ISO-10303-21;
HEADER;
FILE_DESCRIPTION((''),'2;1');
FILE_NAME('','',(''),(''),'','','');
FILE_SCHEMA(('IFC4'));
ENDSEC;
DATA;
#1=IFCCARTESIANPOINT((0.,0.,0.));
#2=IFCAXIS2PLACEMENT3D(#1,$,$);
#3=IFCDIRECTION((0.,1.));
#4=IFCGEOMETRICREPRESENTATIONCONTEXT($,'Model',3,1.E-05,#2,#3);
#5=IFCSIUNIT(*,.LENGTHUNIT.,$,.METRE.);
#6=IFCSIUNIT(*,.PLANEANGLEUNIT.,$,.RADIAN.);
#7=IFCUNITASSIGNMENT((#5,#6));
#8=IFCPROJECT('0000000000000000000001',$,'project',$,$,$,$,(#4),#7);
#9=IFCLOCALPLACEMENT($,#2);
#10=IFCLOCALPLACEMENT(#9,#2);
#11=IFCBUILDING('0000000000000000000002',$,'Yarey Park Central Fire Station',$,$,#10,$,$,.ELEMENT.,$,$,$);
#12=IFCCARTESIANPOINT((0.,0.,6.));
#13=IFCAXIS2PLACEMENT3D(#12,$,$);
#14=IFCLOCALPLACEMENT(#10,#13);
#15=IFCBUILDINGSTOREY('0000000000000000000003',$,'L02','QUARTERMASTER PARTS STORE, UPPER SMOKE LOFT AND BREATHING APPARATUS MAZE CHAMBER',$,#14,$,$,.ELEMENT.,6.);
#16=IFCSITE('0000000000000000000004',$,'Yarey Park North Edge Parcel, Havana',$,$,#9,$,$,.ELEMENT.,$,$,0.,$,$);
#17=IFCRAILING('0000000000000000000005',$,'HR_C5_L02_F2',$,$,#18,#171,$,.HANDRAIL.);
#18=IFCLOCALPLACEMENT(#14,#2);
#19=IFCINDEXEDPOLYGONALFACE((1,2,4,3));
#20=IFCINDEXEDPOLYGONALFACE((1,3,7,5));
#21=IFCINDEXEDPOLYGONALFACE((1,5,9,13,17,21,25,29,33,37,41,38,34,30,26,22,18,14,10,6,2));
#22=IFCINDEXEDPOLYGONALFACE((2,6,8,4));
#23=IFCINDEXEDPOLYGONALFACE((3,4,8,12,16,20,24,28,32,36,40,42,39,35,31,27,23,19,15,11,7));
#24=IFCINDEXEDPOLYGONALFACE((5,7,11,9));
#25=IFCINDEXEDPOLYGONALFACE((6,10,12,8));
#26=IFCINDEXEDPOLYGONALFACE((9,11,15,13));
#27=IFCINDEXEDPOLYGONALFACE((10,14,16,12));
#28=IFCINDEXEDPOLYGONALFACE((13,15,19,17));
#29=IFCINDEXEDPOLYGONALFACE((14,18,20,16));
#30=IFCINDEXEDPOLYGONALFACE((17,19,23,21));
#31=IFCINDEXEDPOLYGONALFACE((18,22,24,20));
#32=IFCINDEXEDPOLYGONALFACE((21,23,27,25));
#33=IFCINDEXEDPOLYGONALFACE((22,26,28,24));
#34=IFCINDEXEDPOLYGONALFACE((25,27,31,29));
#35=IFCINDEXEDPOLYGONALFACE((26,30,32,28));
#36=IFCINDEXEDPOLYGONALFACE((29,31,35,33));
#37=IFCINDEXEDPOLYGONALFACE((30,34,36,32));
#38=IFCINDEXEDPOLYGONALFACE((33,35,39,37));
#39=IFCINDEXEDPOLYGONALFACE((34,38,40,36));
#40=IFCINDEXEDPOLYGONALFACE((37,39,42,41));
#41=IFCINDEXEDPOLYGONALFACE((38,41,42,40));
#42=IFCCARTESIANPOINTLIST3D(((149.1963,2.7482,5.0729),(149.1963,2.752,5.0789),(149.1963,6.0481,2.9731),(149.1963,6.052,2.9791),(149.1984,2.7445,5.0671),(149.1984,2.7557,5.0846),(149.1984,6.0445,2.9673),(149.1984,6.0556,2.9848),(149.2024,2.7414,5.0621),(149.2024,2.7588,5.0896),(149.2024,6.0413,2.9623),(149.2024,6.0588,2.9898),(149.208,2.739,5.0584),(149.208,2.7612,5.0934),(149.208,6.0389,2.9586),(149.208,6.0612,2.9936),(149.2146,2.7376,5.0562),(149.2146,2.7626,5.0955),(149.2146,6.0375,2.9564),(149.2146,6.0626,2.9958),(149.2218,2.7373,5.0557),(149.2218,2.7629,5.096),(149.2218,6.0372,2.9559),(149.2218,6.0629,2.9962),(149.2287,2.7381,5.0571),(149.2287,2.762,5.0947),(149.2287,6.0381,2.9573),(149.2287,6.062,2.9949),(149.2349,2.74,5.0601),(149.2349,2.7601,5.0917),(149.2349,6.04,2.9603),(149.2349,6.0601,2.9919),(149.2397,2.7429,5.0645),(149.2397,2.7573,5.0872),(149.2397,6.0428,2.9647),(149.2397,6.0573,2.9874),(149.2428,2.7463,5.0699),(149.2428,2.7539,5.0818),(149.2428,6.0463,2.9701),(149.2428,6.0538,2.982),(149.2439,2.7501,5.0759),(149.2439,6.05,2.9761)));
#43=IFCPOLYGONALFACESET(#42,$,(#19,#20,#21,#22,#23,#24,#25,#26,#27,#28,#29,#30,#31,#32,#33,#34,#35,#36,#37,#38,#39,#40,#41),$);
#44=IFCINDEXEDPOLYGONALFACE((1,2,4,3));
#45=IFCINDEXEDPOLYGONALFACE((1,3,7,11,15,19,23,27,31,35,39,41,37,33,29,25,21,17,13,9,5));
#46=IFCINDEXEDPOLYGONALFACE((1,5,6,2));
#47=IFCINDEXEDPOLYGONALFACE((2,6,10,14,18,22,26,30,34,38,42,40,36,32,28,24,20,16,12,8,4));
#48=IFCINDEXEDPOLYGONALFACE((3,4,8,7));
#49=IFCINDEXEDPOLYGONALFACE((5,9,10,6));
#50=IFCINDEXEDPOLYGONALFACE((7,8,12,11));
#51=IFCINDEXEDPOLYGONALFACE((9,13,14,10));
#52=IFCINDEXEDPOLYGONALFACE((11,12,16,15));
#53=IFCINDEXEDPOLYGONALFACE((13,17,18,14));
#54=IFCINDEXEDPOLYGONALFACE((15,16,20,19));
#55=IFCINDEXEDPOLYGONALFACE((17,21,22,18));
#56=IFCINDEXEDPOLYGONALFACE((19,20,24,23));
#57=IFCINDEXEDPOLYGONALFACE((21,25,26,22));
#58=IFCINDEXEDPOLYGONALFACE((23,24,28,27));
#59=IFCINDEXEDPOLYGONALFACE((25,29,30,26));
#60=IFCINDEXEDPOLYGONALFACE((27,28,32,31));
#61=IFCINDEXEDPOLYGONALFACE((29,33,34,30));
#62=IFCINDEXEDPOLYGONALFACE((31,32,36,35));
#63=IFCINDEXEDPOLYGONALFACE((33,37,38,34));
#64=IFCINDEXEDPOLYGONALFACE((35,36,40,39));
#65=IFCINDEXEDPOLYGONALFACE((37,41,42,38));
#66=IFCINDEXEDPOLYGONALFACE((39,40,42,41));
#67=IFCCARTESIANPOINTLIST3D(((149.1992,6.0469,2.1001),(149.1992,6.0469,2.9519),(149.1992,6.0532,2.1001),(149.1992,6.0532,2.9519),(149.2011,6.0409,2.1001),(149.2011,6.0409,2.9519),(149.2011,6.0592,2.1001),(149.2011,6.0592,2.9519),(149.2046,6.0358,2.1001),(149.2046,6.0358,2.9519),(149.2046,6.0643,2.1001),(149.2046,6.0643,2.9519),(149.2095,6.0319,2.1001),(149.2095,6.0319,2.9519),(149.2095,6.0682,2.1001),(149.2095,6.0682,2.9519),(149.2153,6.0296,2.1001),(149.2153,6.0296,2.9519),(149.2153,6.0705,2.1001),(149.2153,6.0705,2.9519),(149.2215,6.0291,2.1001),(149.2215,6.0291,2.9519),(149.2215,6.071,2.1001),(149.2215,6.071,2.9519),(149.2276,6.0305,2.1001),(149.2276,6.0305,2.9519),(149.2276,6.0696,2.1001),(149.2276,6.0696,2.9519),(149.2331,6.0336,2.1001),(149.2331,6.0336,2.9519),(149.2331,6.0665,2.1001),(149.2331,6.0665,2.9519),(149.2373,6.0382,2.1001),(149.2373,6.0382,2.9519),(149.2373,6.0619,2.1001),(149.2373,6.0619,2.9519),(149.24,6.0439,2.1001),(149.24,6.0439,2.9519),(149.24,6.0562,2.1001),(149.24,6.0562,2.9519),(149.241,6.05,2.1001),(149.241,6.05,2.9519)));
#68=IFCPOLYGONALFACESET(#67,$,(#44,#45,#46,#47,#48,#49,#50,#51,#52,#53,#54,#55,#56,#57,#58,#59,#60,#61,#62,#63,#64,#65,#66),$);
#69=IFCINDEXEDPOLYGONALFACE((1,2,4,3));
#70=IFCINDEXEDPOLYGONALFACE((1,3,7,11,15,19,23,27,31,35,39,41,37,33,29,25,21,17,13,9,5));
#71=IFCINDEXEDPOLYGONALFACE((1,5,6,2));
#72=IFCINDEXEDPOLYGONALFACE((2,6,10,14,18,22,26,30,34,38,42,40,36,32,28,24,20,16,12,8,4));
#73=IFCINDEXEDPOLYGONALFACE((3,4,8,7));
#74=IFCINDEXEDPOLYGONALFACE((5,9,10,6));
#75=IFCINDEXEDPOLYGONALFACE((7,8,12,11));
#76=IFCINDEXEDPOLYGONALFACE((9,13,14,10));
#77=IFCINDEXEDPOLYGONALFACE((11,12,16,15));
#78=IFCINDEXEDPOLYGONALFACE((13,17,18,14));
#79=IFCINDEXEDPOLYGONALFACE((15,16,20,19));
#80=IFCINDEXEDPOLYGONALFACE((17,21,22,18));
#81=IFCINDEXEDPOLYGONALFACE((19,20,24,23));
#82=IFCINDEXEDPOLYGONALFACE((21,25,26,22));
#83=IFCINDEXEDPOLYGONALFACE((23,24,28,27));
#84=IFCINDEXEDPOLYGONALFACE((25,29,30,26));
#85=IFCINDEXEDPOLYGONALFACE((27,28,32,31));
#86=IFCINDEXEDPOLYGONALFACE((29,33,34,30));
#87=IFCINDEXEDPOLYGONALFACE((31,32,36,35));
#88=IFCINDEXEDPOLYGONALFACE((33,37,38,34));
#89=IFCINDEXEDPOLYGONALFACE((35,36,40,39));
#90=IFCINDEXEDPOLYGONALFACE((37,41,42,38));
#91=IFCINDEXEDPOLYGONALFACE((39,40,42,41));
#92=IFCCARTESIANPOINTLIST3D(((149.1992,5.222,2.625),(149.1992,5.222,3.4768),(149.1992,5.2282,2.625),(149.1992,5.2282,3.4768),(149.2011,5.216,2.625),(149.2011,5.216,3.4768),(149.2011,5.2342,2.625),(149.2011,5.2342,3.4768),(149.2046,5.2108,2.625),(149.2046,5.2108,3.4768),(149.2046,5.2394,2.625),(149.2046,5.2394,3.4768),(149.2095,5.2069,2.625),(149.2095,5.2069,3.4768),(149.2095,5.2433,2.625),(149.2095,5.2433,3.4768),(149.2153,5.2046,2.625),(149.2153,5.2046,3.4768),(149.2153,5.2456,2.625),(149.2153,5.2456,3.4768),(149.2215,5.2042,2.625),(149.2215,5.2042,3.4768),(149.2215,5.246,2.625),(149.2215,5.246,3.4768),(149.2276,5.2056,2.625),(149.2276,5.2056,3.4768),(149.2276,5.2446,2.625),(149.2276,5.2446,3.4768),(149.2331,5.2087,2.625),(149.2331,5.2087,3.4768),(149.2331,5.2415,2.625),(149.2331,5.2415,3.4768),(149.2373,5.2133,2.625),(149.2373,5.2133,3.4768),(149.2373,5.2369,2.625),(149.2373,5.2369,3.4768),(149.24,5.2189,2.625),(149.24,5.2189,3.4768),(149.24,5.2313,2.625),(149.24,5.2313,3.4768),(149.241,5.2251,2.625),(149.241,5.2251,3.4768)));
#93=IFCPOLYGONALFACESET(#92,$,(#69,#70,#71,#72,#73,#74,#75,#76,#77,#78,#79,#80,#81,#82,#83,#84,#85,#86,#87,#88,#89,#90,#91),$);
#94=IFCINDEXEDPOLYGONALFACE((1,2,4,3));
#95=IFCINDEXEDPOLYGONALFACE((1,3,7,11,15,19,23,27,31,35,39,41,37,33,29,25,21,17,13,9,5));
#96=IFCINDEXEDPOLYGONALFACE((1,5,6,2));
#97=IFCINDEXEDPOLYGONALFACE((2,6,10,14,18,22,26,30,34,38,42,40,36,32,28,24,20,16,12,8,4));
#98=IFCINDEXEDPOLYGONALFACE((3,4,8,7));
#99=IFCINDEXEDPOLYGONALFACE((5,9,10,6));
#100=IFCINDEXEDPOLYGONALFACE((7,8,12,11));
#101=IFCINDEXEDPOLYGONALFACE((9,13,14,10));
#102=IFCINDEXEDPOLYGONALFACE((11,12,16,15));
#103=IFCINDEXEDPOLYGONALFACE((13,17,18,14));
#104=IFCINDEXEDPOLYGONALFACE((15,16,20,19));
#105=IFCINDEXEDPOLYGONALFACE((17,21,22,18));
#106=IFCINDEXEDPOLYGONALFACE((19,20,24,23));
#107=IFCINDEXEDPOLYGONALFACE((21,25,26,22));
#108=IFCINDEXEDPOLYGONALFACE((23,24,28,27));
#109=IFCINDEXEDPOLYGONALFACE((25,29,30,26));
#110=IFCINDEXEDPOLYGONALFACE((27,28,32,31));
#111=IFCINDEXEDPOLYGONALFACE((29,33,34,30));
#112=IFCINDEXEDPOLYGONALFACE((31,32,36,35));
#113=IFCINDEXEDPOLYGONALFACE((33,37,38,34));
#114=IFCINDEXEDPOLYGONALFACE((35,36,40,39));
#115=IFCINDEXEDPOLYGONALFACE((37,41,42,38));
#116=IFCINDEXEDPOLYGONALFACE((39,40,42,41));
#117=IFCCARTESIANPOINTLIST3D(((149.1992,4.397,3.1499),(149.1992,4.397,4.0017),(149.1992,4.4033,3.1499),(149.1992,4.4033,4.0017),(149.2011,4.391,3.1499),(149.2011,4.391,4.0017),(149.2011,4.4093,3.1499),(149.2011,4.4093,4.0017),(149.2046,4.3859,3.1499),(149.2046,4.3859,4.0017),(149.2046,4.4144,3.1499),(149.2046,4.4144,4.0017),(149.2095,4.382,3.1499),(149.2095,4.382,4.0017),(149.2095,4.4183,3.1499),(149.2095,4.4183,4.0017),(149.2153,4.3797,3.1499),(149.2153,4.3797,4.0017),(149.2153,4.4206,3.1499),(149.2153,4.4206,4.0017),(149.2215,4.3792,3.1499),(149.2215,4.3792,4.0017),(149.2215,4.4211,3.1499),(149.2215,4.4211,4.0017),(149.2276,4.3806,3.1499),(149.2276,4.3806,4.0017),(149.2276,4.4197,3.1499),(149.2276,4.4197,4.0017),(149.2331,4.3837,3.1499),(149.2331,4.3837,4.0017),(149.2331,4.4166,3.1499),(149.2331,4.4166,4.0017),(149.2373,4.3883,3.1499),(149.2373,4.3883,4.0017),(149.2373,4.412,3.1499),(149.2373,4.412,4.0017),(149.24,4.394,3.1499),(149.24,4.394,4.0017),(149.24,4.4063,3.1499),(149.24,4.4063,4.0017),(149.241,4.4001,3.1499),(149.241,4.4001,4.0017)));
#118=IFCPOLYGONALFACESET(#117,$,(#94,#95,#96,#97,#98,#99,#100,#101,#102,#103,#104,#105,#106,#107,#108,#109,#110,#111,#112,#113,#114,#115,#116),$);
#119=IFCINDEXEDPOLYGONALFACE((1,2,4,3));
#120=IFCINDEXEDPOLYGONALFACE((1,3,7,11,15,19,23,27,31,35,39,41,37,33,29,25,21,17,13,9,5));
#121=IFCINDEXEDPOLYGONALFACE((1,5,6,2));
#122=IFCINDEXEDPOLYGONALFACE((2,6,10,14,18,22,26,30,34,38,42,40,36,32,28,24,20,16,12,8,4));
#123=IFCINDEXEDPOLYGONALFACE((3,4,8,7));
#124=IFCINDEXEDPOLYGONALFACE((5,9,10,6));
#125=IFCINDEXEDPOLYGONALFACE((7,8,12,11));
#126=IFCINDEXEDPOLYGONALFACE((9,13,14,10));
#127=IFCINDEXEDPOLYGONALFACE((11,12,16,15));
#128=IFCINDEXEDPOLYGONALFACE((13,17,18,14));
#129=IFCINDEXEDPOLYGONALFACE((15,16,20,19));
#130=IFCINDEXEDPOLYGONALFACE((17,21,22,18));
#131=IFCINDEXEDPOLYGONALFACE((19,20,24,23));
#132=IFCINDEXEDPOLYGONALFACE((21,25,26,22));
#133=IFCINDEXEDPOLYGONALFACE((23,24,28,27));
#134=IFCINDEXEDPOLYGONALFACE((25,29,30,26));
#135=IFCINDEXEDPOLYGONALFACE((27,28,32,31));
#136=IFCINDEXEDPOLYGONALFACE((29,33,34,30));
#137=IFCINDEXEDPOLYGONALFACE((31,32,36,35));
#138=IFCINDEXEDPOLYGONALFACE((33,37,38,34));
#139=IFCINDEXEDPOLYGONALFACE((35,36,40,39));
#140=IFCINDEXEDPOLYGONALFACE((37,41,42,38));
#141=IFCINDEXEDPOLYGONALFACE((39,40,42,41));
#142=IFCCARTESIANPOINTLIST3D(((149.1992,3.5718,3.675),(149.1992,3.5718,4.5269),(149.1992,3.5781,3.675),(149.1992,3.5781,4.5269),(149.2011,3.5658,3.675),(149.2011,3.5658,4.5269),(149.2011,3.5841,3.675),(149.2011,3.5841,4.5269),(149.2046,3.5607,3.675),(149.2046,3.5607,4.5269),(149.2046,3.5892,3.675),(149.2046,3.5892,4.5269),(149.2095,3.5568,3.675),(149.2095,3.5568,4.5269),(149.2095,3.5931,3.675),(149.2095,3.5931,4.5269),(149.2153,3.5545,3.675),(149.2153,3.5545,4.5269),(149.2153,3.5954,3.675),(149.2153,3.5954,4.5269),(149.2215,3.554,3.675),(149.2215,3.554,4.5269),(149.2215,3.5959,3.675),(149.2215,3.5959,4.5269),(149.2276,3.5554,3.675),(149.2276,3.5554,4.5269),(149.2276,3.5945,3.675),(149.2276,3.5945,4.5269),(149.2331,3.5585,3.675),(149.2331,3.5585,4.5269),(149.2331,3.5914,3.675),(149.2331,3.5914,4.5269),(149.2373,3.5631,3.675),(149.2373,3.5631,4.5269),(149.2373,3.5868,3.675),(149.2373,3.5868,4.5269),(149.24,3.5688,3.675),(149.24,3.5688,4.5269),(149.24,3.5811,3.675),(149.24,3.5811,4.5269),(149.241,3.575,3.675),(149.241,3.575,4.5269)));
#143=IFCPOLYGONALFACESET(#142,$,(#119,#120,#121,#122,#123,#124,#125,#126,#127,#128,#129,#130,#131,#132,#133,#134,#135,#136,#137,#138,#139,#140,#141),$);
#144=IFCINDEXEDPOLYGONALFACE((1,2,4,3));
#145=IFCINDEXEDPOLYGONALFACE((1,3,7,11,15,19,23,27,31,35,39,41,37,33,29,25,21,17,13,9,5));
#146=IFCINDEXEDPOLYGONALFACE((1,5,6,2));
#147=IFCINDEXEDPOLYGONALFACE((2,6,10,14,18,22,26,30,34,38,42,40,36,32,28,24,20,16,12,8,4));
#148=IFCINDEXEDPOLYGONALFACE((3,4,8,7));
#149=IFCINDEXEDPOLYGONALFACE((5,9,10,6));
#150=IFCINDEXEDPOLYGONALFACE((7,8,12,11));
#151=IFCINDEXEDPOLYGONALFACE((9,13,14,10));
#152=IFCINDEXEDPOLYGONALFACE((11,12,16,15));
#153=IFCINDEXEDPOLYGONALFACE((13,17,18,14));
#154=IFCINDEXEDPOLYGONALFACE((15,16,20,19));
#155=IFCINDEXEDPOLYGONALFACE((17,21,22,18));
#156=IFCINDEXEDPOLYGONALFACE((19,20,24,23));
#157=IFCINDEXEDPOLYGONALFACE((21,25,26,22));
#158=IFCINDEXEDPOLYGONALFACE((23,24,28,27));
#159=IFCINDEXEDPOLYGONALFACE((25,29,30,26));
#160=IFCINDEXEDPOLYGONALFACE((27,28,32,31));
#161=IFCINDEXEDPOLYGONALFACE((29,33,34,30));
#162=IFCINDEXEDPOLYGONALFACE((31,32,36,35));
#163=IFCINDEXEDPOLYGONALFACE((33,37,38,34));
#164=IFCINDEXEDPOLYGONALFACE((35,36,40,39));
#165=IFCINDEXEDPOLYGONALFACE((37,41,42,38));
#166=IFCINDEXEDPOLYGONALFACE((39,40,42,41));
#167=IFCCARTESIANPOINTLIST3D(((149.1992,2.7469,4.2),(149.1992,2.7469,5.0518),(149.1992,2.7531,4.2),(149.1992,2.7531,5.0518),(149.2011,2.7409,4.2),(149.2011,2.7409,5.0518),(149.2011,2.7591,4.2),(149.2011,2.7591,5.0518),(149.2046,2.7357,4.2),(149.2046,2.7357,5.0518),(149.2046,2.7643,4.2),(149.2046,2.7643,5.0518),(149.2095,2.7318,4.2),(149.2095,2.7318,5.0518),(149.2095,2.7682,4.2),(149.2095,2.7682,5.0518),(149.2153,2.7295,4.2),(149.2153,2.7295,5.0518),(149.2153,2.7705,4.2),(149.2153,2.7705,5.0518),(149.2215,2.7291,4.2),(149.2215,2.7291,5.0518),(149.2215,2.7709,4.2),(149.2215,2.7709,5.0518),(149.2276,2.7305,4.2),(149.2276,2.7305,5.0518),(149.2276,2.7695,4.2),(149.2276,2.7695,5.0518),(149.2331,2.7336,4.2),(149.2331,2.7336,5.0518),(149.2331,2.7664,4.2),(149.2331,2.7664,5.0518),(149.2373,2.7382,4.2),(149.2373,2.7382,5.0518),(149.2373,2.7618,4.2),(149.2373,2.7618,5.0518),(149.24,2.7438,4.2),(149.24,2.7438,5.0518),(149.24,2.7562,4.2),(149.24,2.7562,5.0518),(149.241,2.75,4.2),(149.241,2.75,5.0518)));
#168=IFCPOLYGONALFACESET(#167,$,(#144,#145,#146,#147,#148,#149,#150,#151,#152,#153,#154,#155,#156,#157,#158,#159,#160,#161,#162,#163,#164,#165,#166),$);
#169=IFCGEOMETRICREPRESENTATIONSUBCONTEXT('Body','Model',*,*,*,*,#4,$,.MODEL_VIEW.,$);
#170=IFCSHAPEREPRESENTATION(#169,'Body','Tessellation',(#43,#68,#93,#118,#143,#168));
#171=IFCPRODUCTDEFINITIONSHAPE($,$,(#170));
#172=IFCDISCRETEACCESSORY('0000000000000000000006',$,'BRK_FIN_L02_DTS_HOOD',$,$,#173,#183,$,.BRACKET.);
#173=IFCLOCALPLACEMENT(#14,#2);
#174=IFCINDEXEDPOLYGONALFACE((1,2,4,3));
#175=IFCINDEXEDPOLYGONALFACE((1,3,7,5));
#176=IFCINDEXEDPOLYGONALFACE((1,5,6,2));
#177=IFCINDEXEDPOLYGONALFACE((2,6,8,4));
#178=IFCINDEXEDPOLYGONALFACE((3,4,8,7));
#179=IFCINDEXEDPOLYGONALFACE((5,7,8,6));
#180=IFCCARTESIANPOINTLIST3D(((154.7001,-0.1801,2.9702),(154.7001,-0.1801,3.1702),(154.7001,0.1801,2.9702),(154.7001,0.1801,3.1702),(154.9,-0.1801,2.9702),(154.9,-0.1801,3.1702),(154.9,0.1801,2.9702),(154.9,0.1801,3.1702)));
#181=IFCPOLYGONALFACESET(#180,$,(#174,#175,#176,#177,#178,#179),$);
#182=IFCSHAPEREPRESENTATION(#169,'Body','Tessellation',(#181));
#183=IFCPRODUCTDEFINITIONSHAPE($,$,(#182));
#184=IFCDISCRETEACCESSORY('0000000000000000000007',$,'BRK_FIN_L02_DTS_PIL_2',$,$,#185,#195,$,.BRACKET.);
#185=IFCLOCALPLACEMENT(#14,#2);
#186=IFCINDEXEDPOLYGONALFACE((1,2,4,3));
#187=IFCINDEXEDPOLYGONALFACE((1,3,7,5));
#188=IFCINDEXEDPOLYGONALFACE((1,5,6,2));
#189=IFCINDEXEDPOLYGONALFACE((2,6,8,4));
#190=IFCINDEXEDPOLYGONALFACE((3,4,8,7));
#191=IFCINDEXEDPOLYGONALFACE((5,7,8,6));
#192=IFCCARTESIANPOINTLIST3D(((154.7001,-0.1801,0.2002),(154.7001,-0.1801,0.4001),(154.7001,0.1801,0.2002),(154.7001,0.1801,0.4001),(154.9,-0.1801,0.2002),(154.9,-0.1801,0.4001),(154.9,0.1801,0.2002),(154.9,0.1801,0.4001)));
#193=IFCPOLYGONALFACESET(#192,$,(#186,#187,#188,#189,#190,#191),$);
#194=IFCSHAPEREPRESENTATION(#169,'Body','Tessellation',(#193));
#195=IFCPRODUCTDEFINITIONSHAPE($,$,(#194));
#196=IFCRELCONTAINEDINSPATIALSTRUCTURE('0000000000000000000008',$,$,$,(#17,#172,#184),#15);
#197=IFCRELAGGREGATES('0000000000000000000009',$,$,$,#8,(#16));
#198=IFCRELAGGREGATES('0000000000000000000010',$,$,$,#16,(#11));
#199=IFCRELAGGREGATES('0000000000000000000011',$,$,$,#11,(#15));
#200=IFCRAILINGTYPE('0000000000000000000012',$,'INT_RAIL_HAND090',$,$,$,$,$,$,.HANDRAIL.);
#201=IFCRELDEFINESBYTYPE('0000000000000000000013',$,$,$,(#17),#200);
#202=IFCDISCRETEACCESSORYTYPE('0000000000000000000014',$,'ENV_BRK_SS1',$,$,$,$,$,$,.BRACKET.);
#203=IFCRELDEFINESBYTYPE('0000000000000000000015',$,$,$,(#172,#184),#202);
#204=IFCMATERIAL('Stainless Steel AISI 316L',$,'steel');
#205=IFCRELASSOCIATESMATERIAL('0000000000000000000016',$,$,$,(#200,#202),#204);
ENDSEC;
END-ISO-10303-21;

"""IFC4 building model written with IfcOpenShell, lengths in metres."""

from ifc_helpers import new_model, si_unit, direction, frame, origin, origin_2d, place, context, subcontext, project, spatial, rectangle, circle, extrude, material, type_object, element, save


model = new_model("IFC4")

# Units and contexts
model_context = context("Model", 3, precision=1e-05, world=origin(), true_north=direction((0.0, 1.0)))
body_context = subcontext(model_context, "Body", "Model", "MODEL_VIEW")
ifc_project = project(units=[si_unit("LENGTHUNIT", "METRE"), si_unit("PLANEANGLEUNIT", "RADIAN")], contexts=[model_context])

# Site, building, storey
site_placement = place(None, origin())
site = spatial("IfcSite", under=ifc_project, at=site_placement, Name="Yarey Park North Edge Parcel, Havana", CompositionType="ELEMENT", RefElevation=0.0)
building_placement = place(site_placement, origin())
building = spatial("IfcBuilding", under=site, at=building_placement, Name="Yarey Park Central Fire Station", CompositionType="ELEMENT")
storey_placement = place(building_placement, frame((0.0, 0.0, 6.0)))
storey = spatial("IfcBuildingStorey", under=building, at=storey_placement, Name="L02", Description="QUARTERMASTER PARTS STORE, UPPER SMOKE LOFT AND BREATHING APPARATUS MAZE CHAMBER", CompositionType="ELEMENT", Elevation=6.0)

# Shared definitions
ifc_material_1 = material(Name="Stainless Steel AISI 316L", Category="steel")

# Railing
railing_type = type_object("IfcRailingType", Name="INT_RAIL_HAND090", PredefinedType="HANDRAIL", material=ifc_material_1)
railing_placement = place(storey_placement, frame((149.22, 6.05, 2.1001)))
element("IfcRailing", 1, at=railing_placement, inside=storey, type_object=railing_type, Name="HR_C5_L02_F2", PredefinedType="HANDRAIL", context=body_context, shape_type="SweptSolid", body=[
    extrude(circle(Radius=0.0239, at=origin_2d()), frame((0.0, 0.0, 0.876), z_axis=(0.0, -0.843682, 0.536843), x_axis=(1.0, 0.0, 0.0)), (0.0, 0.0, 1.0), 3.9114),
    extrude(circle(Radius=0.021, at=origin_2d()), origin(), (0.0, 0.0, 1.0), 0.8518),
    extrude(circle(Radius=0.021, at=origin_2d()), frame((0.0, -0.825, 0.5249)), (0.0, 0.0, 1.0), 0.8518),
    extrude(circle(Radius=0.021, at=origin_2d()), frame((0.0, -1.6499, 1.0498)), (0.0, 0.0, 1.0), 0.8518),
    extrude(circle(Radius=0.021, at=origin_2d()), frame((0.0, -2.4751, 1.575)), (0.0, 0.0, 1.0), 0.8518),
    extrude(circle(Radius=0.021, at=origin_2d()), frame((0.0, -3.3, 2.0999)), (0.0, 0.0, 1.0), 0.8518),
])

# Discrete accessories
discrete_accessory_type = type_object("IfcDiscreteAccessoryType", Name="ENV_BRK_SS1", PredefinedType="BRACKET", material=ifc_material_1)
for number, where, z_axis, x_axis, name in (
    (2, (154.8, 0.0, 2.9702), (0.0, 0.0, 1.0), (1.0, 0.0, 0.0), "BRK_FIN_L02_DTS_HOOD"),
    (3, (154.8, 0.0, 0.2002), (0.0, 0.0, 1.0), (1.0, 0.0, 0.0), "BRK_FIN_L02_DTS_PIL_2"),
):
    element("IfcDiscreteAccessory", number, at=place(storey_placement, frame(where, z_axis=z_axis, x_axis=x_axis)), inside=storey, type_object=discrete_accessory_type, Name=name, PredefinedType="BRACKET", context=body_context, shape_type="SweptSolid", body=[
        extrude(rectangle(XDim=0.2, YDim=0.3601, at=origin_2d()), origin(), (0.0, 0.0, 1.0), 0.2),
    ])

save(model, "model.ifc")
